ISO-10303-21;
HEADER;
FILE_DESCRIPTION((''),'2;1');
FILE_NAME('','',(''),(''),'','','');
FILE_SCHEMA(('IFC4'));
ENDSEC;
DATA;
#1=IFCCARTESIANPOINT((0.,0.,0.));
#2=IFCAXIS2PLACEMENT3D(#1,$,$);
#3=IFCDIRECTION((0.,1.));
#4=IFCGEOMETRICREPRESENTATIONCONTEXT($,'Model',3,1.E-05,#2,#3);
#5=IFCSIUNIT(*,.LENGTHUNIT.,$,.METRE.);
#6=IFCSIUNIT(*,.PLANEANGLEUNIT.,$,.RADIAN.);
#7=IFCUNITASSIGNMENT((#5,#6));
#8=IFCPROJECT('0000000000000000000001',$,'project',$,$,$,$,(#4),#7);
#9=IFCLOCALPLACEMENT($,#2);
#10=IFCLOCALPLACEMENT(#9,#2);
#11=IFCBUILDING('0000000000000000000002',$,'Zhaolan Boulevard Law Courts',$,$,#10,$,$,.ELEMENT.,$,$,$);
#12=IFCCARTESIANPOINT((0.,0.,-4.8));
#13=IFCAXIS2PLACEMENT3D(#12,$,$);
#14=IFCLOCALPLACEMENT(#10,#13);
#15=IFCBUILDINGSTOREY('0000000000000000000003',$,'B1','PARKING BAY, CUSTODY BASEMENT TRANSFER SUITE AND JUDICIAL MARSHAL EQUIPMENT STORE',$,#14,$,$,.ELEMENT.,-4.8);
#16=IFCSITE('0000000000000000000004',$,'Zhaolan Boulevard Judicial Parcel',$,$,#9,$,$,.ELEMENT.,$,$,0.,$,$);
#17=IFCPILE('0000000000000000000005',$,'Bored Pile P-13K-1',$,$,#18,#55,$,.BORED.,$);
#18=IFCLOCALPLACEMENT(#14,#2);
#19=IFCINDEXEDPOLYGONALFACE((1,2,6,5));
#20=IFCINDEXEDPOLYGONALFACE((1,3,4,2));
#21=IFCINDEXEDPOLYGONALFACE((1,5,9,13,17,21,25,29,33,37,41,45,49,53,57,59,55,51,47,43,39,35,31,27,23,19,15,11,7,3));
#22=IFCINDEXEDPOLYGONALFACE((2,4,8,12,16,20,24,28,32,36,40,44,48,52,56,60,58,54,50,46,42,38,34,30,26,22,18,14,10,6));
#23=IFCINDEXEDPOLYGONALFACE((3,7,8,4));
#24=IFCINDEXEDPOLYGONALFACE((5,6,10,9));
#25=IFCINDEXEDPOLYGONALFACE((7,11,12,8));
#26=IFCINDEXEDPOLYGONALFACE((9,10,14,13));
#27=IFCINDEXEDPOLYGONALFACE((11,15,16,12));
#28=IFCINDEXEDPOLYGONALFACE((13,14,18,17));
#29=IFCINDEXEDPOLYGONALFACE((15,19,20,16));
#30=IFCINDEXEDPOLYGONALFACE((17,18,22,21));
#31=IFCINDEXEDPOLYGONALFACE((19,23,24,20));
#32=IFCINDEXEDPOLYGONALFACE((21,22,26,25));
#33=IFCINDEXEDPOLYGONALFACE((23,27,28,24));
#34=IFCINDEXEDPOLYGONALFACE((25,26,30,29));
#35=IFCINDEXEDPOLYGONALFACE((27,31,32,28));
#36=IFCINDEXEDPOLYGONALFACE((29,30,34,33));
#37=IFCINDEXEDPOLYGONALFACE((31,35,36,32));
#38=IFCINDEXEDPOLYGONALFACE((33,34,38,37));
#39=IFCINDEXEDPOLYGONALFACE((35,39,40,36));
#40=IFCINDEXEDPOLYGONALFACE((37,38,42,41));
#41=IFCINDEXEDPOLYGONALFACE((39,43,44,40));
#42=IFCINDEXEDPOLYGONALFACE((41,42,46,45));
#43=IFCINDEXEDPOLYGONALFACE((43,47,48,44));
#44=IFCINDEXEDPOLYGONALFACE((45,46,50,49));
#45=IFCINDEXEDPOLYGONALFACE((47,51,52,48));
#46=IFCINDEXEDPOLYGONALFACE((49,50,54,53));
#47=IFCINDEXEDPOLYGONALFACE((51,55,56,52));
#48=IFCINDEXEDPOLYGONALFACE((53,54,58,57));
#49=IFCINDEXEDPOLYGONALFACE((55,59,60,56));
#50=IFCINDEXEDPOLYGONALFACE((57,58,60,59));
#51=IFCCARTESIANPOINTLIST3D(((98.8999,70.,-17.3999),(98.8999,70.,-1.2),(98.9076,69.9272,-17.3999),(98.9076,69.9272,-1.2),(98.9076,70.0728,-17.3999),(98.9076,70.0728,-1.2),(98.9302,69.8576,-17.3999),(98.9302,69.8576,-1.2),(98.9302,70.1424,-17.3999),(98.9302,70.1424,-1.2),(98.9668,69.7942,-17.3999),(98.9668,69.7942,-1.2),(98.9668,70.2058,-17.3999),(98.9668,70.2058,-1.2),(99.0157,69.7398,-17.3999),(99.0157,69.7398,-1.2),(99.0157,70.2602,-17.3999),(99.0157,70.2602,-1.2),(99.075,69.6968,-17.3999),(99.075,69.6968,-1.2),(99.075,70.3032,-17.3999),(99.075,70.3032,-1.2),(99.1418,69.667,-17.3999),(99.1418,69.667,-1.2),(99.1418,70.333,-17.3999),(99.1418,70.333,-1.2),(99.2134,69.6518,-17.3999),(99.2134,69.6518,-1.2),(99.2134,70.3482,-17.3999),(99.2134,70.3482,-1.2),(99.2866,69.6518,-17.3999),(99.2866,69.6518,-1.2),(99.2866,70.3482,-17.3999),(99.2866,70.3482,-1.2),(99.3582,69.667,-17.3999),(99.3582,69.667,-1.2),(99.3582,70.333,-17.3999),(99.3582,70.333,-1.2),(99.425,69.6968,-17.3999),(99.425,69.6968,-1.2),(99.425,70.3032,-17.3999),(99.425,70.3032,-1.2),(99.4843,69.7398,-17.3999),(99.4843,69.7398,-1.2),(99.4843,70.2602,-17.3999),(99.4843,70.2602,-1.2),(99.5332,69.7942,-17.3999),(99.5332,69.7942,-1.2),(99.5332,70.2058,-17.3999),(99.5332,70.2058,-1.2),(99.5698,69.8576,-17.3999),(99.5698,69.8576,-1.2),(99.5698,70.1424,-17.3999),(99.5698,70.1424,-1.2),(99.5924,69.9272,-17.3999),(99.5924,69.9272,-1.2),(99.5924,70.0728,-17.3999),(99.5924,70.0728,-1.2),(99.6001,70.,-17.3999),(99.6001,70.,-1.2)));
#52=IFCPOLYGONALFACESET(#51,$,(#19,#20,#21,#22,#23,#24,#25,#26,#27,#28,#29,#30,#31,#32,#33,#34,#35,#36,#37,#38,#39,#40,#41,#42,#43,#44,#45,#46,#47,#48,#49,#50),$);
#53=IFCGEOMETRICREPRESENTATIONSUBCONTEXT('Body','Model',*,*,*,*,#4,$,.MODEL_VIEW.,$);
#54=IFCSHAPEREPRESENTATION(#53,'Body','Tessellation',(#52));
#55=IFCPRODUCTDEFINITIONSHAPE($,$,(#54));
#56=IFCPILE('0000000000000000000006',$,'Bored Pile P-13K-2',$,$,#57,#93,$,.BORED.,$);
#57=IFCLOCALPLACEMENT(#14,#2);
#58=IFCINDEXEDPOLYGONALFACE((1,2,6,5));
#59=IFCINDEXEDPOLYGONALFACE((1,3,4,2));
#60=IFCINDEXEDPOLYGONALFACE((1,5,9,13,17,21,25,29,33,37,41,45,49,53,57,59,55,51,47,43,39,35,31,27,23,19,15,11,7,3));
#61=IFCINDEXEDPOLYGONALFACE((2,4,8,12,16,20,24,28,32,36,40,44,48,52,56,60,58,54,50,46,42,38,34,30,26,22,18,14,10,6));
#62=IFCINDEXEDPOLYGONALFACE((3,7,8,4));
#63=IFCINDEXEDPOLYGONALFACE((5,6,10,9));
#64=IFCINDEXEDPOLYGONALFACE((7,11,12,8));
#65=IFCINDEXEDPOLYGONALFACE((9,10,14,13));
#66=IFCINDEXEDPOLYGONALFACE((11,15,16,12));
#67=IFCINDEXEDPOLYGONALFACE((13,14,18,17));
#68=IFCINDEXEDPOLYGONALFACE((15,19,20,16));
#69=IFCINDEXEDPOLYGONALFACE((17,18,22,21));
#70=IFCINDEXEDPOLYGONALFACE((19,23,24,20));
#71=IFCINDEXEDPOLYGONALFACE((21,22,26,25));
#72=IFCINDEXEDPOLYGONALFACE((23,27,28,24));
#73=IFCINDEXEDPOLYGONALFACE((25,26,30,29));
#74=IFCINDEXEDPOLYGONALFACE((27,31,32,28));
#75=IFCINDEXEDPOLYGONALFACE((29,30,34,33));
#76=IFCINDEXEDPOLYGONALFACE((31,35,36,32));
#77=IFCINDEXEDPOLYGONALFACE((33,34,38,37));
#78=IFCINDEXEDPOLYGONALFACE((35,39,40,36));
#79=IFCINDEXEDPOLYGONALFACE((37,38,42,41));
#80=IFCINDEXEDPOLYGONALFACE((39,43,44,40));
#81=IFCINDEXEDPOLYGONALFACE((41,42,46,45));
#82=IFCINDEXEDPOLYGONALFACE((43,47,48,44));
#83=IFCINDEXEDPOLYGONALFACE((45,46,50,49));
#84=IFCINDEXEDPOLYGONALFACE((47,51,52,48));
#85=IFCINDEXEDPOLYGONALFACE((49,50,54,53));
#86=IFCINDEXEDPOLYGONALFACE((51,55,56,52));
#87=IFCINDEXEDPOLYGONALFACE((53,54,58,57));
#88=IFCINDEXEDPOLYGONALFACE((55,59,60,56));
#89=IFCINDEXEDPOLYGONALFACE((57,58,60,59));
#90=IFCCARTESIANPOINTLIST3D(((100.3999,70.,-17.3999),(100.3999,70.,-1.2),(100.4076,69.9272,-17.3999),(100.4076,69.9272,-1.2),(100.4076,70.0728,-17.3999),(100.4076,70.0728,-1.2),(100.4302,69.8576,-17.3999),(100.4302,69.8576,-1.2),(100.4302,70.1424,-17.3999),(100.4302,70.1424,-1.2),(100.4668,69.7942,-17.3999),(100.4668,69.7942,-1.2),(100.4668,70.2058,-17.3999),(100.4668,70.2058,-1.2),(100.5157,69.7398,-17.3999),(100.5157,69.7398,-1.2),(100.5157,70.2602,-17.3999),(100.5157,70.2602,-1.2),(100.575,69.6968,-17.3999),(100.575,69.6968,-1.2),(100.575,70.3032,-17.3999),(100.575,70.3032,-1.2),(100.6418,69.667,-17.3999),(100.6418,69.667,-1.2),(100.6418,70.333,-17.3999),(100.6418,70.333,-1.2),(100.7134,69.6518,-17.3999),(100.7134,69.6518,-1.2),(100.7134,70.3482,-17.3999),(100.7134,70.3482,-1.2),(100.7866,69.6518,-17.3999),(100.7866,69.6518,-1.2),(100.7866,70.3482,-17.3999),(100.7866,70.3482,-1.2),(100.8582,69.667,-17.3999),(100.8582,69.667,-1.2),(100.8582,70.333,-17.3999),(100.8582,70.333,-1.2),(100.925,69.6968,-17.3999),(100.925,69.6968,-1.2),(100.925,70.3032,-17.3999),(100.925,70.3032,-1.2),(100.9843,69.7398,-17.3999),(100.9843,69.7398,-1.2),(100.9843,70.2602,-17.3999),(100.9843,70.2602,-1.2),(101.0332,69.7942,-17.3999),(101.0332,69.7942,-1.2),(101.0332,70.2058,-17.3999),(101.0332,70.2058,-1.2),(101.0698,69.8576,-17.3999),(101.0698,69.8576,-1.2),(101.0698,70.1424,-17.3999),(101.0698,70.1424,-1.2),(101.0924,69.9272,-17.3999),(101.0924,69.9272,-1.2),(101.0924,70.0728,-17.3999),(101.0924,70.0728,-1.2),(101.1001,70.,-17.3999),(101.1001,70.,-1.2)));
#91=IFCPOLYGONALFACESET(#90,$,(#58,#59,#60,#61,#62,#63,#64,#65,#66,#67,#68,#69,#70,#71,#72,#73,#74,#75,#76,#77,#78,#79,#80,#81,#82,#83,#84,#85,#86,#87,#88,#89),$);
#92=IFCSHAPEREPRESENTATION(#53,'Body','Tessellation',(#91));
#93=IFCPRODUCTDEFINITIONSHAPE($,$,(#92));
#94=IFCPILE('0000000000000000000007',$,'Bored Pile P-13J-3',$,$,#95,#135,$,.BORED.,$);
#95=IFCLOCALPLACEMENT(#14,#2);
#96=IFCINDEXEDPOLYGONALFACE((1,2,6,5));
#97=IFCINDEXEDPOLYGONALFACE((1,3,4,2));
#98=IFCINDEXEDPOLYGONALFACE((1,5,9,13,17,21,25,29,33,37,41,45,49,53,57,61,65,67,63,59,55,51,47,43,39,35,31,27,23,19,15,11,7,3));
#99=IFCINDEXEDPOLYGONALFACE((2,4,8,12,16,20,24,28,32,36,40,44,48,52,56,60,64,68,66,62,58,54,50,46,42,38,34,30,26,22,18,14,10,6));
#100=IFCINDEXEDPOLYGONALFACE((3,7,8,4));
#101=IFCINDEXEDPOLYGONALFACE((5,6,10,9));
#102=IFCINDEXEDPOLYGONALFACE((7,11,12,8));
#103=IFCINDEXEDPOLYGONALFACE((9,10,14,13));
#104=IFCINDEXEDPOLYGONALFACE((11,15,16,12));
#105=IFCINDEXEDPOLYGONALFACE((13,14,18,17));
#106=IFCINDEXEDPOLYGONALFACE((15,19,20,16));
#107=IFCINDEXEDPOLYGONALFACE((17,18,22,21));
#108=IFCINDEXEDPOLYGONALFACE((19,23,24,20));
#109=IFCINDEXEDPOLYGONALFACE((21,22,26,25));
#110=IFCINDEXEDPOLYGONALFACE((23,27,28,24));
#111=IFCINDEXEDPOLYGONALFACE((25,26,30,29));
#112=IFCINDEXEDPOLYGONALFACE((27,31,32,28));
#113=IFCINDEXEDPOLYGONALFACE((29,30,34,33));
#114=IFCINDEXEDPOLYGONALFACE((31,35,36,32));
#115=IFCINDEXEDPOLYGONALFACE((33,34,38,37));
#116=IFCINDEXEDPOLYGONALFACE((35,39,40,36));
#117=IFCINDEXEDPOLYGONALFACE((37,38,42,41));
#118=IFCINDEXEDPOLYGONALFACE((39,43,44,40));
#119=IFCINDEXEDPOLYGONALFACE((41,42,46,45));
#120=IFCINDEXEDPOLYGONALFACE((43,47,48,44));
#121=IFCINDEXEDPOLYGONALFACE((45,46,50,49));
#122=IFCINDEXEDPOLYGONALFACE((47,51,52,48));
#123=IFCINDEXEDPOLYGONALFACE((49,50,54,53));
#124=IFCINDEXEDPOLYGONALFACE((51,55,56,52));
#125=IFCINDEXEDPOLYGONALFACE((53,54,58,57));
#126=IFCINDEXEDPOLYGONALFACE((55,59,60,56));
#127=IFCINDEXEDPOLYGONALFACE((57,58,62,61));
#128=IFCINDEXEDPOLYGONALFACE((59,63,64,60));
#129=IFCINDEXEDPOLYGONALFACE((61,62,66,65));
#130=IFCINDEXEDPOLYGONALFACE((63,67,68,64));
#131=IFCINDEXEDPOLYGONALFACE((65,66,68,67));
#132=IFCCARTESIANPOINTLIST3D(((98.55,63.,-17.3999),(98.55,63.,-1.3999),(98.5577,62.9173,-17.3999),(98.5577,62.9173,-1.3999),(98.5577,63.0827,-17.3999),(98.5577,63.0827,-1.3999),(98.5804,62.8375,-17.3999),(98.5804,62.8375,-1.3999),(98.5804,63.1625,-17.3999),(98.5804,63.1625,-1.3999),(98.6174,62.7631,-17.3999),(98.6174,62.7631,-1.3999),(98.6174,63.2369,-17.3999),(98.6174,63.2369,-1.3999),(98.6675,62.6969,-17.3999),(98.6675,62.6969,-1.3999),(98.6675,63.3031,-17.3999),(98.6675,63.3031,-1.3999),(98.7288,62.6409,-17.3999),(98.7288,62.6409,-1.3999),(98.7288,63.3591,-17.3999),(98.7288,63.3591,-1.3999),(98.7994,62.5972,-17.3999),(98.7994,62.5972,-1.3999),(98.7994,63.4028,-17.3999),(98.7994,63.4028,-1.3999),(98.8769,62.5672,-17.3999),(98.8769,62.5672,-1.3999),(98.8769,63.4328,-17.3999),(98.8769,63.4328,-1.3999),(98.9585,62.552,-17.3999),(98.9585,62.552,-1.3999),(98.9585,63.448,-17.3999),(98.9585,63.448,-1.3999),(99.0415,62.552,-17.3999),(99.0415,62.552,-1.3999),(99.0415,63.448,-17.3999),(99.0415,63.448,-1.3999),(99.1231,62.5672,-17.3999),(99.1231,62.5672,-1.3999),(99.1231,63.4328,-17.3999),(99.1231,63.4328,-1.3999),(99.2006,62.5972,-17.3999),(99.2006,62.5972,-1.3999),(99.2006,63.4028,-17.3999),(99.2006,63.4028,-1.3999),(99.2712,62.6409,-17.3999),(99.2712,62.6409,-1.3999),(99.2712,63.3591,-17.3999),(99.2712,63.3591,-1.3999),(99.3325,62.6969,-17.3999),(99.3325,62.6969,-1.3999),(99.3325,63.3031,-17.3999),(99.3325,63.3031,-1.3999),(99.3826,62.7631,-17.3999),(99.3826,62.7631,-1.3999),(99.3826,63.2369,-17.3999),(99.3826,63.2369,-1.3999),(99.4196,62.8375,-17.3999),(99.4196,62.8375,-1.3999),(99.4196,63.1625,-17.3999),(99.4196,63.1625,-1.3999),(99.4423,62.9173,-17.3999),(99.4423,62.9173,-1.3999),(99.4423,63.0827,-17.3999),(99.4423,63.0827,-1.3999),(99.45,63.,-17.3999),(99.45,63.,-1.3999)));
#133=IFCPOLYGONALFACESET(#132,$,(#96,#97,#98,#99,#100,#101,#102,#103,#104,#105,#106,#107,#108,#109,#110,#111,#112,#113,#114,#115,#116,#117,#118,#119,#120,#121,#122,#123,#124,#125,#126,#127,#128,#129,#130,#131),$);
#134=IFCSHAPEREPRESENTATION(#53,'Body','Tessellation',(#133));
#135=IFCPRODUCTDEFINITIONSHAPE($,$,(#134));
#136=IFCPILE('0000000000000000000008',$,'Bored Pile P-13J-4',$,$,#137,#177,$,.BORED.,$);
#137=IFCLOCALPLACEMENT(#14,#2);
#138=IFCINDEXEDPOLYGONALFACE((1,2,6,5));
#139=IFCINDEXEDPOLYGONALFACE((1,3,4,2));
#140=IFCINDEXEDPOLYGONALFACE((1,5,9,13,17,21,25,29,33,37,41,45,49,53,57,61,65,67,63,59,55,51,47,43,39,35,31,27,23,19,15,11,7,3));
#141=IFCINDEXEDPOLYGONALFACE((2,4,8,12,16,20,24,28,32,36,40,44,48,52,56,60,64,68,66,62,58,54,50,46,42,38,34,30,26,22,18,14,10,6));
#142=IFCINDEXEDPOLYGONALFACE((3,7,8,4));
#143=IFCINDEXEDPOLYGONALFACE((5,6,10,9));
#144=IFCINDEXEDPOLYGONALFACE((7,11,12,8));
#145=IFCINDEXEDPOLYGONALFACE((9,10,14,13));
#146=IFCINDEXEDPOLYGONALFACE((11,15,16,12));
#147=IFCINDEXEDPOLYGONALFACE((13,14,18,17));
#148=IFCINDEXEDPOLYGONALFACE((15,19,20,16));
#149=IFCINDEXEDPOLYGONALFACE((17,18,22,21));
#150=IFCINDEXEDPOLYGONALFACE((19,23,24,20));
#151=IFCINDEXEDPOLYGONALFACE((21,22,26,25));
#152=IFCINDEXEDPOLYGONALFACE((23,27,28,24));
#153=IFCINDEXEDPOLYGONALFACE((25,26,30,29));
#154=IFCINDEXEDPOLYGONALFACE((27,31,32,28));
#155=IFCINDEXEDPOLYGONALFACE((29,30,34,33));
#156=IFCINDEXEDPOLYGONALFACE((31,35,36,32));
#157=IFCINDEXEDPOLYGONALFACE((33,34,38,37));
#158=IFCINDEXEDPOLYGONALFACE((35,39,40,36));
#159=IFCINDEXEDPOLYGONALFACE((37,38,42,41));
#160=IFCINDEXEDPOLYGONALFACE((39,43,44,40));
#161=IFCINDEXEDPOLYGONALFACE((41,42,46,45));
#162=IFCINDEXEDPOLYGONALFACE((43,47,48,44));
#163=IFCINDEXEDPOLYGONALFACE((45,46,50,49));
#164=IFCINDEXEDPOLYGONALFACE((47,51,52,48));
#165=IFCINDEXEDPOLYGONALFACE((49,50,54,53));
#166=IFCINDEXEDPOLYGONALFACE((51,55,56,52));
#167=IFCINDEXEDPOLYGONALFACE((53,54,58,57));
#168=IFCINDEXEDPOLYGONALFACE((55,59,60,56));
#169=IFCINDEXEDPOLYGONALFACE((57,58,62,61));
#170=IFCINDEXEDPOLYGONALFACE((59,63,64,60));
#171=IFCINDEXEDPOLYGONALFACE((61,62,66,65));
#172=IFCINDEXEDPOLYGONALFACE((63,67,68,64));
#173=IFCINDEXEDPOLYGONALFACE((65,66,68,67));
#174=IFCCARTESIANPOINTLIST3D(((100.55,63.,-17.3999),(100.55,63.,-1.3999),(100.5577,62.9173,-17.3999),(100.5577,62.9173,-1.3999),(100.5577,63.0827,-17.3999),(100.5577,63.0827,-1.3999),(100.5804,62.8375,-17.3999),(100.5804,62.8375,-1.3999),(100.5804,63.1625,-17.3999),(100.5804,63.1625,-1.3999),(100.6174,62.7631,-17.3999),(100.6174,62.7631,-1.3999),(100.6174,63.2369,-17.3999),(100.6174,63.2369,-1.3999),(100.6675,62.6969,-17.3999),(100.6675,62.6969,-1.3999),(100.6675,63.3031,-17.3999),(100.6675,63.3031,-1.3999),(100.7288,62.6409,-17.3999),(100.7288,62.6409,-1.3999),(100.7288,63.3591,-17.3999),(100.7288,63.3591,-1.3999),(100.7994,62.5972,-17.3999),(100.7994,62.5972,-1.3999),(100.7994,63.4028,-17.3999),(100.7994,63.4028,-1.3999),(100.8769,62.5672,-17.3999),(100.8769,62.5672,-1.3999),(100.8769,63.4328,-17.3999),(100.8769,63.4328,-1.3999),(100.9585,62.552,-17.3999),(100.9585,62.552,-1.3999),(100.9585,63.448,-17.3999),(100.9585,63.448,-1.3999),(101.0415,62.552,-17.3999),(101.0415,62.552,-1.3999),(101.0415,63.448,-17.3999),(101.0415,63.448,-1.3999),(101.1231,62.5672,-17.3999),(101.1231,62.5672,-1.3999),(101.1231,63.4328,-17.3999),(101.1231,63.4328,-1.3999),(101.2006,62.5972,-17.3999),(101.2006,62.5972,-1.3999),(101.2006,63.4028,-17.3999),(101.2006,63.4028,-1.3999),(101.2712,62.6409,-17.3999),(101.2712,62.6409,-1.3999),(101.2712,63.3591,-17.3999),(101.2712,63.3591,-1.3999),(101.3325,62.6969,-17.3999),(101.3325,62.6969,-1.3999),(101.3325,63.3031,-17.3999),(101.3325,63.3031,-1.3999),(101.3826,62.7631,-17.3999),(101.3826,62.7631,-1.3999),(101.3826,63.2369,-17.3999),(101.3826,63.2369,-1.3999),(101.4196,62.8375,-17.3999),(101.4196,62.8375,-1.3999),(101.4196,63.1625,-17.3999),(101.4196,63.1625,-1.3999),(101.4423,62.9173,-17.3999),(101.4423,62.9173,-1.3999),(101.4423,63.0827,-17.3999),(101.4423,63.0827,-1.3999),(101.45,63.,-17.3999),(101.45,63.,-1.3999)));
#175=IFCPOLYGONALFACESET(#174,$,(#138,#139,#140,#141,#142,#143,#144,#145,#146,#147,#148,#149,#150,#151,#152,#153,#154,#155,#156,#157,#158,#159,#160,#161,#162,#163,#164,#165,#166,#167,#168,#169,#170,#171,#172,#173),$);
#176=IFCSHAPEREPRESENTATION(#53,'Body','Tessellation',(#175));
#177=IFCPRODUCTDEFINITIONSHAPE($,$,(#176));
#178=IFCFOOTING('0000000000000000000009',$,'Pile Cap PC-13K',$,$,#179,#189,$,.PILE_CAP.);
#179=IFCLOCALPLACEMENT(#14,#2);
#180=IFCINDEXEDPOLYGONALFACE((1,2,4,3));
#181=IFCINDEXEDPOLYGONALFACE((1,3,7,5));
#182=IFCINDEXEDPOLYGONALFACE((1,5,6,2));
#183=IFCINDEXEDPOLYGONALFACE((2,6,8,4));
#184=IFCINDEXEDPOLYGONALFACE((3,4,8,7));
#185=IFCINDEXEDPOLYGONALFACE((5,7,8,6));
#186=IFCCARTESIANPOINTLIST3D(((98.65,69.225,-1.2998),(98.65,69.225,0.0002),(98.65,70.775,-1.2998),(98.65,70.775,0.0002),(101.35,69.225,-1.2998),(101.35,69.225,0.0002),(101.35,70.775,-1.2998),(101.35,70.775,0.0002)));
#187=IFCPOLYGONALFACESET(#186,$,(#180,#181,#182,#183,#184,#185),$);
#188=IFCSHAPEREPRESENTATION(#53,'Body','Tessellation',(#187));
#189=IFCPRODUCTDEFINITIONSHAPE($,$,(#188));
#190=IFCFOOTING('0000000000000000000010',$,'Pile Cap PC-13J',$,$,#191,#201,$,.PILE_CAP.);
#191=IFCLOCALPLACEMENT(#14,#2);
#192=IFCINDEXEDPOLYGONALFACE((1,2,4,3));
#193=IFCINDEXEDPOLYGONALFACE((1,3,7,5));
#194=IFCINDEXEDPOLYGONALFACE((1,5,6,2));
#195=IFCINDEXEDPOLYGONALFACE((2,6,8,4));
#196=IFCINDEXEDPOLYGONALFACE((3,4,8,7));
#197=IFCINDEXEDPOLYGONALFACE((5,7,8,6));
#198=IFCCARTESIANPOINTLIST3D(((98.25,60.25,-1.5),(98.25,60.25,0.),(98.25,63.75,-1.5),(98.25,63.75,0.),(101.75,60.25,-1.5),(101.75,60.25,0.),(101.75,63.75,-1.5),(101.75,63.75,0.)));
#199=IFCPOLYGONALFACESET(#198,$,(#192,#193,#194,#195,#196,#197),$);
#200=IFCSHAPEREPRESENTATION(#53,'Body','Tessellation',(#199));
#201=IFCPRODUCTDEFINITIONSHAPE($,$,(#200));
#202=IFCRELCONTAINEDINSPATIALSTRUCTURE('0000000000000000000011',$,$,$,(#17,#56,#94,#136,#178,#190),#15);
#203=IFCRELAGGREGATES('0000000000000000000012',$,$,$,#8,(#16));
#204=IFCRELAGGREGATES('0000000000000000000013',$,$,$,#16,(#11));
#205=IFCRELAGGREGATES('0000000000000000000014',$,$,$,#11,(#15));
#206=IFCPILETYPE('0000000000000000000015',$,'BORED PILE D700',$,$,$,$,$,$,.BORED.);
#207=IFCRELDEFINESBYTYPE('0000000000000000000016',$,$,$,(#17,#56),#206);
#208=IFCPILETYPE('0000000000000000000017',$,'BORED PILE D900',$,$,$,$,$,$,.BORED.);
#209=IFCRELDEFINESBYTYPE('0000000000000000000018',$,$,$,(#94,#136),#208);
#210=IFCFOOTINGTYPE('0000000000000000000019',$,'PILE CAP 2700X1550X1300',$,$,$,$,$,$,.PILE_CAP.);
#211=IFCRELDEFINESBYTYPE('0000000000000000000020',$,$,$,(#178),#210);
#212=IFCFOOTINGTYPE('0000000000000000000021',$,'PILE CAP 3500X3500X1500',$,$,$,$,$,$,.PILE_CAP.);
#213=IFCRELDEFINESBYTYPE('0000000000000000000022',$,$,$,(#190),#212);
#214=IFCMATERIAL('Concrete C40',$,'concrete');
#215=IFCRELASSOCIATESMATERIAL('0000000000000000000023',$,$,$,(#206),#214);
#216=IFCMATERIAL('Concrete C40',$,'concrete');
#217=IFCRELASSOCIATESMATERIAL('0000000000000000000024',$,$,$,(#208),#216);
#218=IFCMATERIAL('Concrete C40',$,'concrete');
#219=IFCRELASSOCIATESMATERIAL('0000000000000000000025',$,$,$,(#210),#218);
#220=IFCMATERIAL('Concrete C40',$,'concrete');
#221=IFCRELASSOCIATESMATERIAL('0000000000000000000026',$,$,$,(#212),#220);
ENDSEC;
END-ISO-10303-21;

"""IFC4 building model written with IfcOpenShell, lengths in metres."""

from ifc_helpers import new_model, si_unit, direction, frame, origin, origin_2d, place, context, subcontext, project, spatial, rectangle, circle, extrude, material, material_profile, profile_set, type_object, element, save


model = new_model("IFC4")

# Units and contexts
model_context = context("Model", 3, precision=1e-05, world=origin(), true_north=direction((0.0, 1.0)))
body_context = subcontext(model_context, "Body", "Model", "MODEL_VIEW")
ifc_project = project(units=[si_unit("LENGTHUNIT", "METRE"), si_unit("PLANEANGLEUNIT", "RADIAN")], contexts=[model_context])

# Site, building, storey
site_placement = place(None, origin())
site = spatial("IfcSite", under=ifc_project, at=site_placement, Name="Zhaolan Boulevard Judicial Parcel", CompositionType="ELEMENT", RefElevation=0.0)
building_placement = place(site_placement, origin())
building = spatial("IfcBuilding", under=site, at=building_placement, Name="Zhaolan Boulevard Law Courts", CompositionType="ELEMENT")
storey_placement = place(building_placement, frame((0.0, 0.0, -4.8)))
storey = spatial("IfcBuildingStorey", under=building, at=storey_placement, Name="B1", Description="PARKING BAY, CUSTODY BASEMENT TRANSFER SUITE AND JUDICIAL MARSHAL EQUIPMENT STORE", CompositionType="ELEMENT", Elevation=-4.8)

# Piles
ifc_material_1 = material(Name="Concrete C40", Category="concrete")
ifc_material_profile_1 = material_profile(ifc_material_1, circle(Radius=0.3501, at=origin_2d()), Name="PILE-D700")
ifc_profile_set_1 = profile_set([ifc_material_profile_1], Name="Concrete C40")
pile_type_1 = type_object("IfcPileType", Name="BORED PILE D700", PredefinedType="BORED", material=ifc_profile_set_1)
for number, where, z_axis, x_axis, name in (
    (1, (99.25, 70.0, -1.2), (0.0, 0.0, -1.0), (1.0, 0.0, 0.0), "Bored Pile P-13K-1"),
    (2, (100.75, 70.0, -1.2), (0.0, 0.0, -1.0), (1.0, 0.0, 0.0), "Bored Pile P-13K-2"),
):
    element("IfcPile", number, at=place(storey_placement, frame(where, z_axis=z_axis, x_axis=x_axis)), inside=storey, type_object=pile_type_1, Name=name, PredefinedType="BORED", context=body_context, shape_type="SweptSolid", body=[
        extrude(circle(Radius=0.3501, at=origin_2d()), origin(), (0.0, 0.0, 1.0), 16.2),
    ])
ifc_material_2 = material(Name="Concrete C40", Category="concrete")
ifc_material_profile_2 = material_profile(ifc_material_2, circle(Radius=0.45, at=origin_2d()), Name="PILE-D900")
ifc_profile_set_2 = profile_set([ifc_material_profile_2], Name="Concrete C40")
pile_type_2 = type_object("IfcPileType", Name="BORED PILE D900", PredefinedType="BORED", material=ifc_profile_set_2)
for number, where, z_axis, x_axis, name in (
    (3, (99.0, 63.0, -1.3999), (0.0, 0.0, -1.0), (1.0, 0.0, 0.0), "Bored Pile P-13J-3"),
    (4, (101.0, 63.0, -1.3999), (0.0, 0.0, -1.0), (1.0, 0.0, 0.0), "Bored Pile P-13J-4"),
):
    element("IfcPile", number, at=place(storey_placement, frame(where, z_axis=z_axis, x_axis=x_axis)), inside=storey, type_object=pile_type_2, Name=name, PredefinedType="BORED", context=body_context, shape_type="SweptSolid", body=[
        extrude(circle(Radius=0.45, at=origin_2d()), origin(), (0.0, 0.0, 1.0), 16.0),
    ])

# Footings
ifc_material_3 = material(Name="Concrete C40", Category="concrete")
footing_type_1 = type_object("IfcFootingType", Name="PILE CAP 2700X1550X1300", PredefinedType="PILE_CAP", material=ifc_material_3)
footing_1_placement = place(storey_placement, frame((100.0, 70.0, -1.2998), z_axis=(0.0, 0.0, 1.0), x_axis=(1.0, 0.0, 0.0)))
element("IfcFooting", 5, at=footing_1_placement, inside=storey, type_object=footing_type_1, Name="Pile Cap PC-13K", PredefinedType="PILE_CAP", context=body_context, shape_type="SweptSolid", body=[
    extrude(rectangle(XDim=2.7, YDim=1.55, at=origin_2d()), origin(), (0.0, 0.0, 1.0), 1.3),
])
ifc_material_4 = material(Name="Concrete C40", Category="concrete")
footing_type_2 = type_object("IfcFootingType", Name="PILE CAP 3500X3500X1500", PredefinedType="PILE_CAP", material=ifc_material_4)
footing_2_placement = place(storey_placement, frame((100.0, 62.0, -1.5), z_axis=(0.0, 0.0, 1.0), x_axis=(1.0, 0.0, 0.0)))
element("IfcFooting", 6, at=footing_2_placement, inside=storey, type_object=footing_type_2, Name="Pile Cap PC-13J", PredefinedType="PILE_CAP", context=body_context, shape_type="SweptSolid", body=[
    extrude(rectangle(XDim=3.5, YDim=3.5, at=origin_2d()), origin(), (0.0, 0.0, 1.0), 1.5),
])

save(model, "model.ifc")
